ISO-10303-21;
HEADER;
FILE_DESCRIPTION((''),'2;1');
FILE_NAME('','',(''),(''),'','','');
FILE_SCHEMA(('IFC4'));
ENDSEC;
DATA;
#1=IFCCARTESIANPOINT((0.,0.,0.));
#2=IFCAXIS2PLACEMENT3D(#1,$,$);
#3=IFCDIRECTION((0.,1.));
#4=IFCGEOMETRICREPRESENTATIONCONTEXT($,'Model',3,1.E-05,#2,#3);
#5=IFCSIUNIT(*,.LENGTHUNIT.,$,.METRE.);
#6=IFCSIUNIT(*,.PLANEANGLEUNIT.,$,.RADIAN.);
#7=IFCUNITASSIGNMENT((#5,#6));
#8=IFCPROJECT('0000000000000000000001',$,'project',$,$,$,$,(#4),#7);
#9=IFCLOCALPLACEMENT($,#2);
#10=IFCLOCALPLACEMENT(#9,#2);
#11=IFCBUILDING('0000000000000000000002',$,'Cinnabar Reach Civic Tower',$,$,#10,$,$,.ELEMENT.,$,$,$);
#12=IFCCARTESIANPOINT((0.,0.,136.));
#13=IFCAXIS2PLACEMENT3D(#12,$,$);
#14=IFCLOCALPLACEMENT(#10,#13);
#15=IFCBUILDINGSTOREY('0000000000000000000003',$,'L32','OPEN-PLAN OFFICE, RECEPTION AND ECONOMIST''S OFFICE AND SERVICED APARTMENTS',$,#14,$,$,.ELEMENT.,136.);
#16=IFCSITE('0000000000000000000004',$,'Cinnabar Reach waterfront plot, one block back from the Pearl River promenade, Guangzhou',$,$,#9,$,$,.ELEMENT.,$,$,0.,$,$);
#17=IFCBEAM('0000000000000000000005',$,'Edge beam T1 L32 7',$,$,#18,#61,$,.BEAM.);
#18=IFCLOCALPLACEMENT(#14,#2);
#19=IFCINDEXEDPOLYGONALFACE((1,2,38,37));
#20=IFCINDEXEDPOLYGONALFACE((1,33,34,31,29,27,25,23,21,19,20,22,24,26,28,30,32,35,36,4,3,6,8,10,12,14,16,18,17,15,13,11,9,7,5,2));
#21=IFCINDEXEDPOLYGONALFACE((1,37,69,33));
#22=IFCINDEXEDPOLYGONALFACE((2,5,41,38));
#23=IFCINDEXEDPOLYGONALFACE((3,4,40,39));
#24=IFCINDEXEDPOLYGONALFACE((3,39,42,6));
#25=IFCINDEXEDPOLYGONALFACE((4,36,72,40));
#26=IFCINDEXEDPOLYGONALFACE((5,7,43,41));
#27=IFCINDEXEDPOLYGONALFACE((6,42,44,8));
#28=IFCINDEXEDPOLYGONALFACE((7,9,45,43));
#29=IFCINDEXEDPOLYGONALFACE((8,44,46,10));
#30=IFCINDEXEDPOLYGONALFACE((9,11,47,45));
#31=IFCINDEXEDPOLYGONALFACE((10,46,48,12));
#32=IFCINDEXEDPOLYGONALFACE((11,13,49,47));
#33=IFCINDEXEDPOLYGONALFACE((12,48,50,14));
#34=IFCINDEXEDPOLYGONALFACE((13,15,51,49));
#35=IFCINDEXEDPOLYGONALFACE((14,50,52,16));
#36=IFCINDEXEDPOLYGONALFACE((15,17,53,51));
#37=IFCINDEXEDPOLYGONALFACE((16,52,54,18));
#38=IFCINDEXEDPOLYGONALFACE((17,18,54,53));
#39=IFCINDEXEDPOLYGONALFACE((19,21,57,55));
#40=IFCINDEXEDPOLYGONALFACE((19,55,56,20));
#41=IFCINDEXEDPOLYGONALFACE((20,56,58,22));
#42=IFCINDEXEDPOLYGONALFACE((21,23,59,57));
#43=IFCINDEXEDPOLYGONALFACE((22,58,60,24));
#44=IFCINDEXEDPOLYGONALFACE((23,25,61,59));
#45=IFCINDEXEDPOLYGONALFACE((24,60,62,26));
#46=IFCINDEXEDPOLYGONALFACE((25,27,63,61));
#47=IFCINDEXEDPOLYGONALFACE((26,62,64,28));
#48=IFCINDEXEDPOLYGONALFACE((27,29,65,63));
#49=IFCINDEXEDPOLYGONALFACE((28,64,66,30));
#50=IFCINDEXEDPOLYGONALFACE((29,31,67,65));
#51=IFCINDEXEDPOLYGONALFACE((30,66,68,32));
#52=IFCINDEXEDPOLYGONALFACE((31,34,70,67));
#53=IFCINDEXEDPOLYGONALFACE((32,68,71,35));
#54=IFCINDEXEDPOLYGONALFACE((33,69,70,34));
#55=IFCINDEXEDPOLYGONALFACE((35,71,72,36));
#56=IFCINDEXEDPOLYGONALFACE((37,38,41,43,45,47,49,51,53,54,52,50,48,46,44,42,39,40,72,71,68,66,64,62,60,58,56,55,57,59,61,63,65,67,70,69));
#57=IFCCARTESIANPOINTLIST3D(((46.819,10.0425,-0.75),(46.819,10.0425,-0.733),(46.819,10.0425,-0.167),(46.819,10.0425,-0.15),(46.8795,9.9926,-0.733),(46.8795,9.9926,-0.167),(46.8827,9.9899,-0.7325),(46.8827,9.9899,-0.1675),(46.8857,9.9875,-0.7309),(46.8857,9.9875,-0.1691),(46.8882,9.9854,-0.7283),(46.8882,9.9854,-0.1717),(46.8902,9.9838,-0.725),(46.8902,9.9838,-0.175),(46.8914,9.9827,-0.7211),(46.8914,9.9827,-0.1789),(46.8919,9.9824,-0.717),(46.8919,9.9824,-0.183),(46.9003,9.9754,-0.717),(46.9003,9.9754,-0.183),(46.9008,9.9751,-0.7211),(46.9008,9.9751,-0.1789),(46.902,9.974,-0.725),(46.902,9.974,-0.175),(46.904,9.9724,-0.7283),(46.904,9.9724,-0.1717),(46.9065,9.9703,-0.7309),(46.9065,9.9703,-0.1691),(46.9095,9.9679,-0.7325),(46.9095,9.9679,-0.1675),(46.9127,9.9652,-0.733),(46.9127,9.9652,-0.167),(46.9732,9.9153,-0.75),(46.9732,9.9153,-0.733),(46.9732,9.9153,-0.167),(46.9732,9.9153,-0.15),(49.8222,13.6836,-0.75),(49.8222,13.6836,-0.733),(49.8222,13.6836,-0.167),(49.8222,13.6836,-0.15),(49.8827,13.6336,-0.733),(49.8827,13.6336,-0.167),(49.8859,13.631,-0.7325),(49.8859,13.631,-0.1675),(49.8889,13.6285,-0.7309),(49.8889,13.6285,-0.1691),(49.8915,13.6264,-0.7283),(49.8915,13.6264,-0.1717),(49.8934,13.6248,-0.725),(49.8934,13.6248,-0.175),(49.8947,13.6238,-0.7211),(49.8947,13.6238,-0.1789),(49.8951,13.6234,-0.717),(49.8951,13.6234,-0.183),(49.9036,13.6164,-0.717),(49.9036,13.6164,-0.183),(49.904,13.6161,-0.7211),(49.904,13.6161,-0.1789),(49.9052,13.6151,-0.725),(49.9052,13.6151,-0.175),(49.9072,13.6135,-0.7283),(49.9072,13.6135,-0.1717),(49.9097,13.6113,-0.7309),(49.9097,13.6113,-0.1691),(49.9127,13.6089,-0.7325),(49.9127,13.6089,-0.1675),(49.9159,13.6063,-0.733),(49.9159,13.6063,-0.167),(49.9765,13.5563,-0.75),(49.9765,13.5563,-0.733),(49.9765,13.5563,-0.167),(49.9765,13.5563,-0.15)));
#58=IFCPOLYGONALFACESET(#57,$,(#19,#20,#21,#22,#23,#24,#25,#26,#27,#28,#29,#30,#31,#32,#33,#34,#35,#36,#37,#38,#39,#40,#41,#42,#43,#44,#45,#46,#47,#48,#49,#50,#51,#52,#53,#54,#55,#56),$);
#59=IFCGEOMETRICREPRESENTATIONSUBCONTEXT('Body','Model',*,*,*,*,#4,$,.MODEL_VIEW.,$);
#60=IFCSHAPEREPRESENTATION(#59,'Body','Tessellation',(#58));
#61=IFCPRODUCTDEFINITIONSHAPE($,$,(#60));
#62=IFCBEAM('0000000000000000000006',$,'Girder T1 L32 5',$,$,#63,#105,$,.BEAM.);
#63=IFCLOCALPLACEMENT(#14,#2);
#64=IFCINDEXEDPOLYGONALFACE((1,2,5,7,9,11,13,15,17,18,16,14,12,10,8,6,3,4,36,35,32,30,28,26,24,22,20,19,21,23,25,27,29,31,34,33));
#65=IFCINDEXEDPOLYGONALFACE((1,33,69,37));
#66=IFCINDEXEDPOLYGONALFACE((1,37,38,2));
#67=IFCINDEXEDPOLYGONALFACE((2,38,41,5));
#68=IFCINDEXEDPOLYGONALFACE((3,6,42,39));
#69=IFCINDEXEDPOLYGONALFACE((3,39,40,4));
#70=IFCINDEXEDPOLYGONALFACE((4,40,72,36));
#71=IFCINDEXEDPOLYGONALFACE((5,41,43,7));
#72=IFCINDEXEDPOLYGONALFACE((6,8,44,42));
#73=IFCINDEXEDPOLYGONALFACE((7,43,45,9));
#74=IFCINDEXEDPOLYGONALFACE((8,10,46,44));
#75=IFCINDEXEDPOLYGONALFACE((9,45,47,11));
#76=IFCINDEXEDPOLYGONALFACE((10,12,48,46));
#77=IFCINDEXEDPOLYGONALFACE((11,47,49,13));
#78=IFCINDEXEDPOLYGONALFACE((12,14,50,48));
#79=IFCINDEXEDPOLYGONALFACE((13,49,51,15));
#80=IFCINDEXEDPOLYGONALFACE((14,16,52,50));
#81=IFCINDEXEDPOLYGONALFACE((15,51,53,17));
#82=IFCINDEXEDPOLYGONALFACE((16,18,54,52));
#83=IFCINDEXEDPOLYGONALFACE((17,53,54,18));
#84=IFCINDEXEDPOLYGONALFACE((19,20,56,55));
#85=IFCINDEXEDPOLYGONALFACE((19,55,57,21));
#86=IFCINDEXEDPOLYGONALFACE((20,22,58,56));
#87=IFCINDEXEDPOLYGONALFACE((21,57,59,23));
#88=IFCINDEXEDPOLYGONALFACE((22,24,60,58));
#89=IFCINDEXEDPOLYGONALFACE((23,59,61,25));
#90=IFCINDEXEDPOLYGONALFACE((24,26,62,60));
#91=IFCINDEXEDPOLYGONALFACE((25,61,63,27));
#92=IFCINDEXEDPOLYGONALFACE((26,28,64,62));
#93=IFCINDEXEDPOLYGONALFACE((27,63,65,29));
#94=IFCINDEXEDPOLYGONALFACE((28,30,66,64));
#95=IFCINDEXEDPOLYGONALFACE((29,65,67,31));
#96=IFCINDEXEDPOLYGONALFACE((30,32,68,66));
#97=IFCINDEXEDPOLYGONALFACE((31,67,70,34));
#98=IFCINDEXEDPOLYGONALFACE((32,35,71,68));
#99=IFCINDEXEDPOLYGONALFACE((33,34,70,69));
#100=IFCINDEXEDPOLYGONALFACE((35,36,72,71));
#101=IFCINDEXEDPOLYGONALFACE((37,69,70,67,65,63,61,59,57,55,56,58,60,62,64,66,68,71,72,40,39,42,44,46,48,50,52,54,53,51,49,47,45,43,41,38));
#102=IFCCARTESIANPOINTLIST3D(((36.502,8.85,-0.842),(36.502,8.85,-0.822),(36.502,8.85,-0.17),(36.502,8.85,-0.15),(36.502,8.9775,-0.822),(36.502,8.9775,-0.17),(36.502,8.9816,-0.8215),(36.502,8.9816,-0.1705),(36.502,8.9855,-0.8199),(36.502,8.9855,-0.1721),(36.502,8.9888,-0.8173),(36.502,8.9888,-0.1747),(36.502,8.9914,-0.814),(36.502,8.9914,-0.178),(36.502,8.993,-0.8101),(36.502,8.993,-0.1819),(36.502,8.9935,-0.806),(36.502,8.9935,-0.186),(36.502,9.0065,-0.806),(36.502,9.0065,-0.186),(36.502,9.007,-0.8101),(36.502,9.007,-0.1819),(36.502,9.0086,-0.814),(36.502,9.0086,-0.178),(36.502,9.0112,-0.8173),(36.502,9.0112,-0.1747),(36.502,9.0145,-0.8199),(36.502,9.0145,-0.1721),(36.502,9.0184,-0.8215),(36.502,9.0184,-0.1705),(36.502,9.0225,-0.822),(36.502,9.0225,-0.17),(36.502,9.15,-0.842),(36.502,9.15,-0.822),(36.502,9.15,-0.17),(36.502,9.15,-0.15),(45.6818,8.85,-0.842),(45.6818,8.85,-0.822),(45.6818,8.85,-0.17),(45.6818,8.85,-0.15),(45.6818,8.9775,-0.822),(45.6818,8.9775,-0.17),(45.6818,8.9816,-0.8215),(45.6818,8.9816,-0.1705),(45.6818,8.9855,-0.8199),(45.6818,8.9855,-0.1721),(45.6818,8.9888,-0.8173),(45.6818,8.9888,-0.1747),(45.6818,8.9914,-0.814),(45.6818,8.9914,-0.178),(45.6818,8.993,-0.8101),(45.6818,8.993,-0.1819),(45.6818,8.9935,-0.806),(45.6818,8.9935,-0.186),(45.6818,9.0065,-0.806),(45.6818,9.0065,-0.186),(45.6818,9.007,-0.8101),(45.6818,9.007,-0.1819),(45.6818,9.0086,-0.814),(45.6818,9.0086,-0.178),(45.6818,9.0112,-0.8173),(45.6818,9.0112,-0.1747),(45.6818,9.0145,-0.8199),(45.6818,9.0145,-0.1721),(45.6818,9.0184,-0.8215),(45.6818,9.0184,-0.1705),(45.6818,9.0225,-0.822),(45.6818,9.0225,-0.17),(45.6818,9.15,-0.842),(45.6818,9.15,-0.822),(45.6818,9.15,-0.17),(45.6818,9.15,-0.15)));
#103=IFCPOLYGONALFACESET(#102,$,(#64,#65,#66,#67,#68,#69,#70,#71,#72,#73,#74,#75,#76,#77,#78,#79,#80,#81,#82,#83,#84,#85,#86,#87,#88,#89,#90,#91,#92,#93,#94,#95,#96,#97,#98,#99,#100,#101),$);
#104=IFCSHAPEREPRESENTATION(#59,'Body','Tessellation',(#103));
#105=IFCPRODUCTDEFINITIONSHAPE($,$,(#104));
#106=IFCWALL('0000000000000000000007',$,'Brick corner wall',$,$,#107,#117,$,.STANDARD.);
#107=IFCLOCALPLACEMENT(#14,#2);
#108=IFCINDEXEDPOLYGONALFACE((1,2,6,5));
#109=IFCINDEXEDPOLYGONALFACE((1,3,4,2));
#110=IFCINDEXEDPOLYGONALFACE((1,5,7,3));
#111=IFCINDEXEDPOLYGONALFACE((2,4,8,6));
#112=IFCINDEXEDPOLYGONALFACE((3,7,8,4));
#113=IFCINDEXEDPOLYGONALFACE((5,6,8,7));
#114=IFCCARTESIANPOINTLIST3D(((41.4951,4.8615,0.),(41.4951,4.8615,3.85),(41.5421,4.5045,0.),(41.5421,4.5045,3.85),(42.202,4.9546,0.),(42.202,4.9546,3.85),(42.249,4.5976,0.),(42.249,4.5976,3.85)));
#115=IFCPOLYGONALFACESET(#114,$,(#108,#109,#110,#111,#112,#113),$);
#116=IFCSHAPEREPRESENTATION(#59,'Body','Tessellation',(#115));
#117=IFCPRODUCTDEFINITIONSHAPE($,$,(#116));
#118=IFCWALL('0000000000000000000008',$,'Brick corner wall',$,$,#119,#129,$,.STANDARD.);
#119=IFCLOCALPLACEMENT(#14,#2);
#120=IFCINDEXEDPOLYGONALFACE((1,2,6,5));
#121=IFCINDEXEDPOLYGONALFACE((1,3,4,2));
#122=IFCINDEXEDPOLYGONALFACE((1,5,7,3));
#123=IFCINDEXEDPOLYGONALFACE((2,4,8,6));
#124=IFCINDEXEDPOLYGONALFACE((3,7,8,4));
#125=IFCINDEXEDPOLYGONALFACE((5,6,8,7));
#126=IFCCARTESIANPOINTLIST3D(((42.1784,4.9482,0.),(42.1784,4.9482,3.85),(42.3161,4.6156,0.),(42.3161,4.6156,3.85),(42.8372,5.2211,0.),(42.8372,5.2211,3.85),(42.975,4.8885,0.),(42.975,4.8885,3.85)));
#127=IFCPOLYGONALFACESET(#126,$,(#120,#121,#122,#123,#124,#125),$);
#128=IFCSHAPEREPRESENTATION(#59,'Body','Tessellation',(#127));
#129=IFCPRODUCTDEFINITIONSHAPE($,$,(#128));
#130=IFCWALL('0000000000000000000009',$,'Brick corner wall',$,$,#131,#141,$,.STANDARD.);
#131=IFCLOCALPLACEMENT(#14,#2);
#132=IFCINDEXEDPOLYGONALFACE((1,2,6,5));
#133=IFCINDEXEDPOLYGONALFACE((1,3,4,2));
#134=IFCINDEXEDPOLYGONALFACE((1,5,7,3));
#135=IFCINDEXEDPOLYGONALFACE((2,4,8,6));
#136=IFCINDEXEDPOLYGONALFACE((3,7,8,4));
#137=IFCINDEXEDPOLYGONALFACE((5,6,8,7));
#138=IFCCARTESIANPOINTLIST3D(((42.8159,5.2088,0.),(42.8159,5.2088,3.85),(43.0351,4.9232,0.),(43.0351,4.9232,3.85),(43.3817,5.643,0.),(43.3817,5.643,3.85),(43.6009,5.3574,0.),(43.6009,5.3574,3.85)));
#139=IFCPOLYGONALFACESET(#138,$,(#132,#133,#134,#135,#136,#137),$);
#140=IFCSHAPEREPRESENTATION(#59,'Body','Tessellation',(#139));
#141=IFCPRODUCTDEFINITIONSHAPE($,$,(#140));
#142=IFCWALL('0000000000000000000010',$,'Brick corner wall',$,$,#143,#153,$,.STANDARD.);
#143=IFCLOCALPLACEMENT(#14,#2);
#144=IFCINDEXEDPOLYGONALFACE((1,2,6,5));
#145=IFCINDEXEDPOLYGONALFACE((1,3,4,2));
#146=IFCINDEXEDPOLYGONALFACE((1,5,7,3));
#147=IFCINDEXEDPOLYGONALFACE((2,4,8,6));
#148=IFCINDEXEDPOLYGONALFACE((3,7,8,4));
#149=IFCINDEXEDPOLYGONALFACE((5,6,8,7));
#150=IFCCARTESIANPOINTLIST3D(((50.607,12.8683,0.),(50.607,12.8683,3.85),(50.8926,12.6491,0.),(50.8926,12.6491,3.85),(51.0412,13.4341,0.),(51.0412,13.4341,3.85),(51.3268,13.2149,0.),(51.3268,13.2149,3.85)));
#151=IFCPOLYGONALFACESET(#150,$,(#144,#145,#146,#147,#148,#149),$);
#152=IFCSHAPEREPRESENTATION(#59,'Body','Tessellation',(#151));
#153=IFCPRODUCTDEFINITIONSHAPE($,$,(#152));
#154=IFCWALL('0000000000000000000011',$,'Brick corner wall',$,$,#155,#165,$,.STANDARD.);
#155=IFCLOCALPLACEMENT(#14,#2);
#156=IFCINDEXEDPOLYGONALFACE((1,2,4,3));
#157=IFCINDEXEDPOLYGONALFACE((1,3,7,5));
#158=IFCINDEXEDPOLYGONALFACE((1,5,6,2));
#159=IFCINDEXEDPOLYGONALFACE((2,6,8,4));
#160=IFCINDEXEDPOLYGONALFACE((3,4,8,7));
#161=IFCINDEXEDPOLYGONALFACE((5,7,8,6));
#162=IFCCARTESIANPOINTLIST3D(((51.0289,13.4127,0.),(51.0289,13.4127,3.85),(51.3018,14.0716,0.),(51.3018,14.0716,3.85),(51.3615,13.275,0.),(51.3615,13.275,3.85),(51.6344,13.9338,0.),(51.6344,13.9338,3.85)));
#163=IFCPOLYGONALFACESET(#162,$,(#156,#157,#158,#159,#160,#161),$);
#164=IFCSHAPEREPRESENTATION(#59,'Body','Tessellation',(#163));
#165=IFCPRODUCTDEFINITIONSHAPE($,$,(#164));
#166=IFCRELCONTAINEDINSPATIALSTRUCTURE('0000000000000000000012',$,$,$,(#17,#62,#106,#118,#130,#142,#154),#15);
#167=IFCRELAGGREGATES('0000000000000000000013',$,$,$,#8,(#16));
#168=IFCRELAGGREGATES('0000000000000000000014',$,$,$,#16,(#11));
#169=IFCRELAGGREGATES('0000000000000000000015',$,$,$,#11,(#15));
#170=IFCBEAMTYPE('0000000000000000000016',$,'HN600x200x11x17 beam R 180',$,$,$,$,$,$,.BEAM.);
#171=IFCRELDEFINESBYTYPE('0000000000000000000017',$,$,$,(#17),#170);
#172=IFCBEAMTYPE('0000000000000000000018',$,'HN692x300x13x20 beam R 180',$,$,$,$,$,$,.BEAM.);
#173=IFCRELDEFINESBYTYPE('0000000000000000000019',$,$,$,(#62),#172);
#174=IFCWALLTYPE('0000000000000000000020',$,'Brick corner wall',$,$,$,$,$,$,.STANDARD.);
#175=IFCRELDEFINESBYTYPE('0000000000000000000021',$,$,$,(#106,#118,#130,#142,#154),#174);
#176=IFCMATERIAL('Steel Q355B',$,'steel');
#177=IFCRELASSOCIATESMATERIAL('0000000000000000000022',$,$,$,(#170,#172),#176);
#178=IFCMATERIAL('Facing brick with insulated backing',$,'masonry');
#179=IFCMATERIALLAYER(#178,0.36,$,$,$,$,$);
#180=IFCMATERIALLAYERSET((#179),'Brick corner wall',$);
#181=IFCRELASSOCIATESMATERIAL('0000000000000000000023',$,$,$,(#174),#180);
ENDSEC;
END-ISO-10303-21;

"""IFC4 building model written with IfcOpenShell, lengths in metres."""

from ifc_helpers import new_model, si_unit, direction, frame, frame_2d, origin, origin_2d, place, context, subcontext, project, spatial, rectangle, i_section, extrude, material, layer, layer_set, material_profile, profile_set, type_object, element, save


model = new_model("IFC4")

# Units and contexts
model_context = context("Model", 3, precision=1e-05, world=origin(), true_north=direction((0.0, 1.0)))
body_context = subcontext(model_context, "Body", "Model", "MODEL_VIEW")
ifc_project = project(units=[si_unit("LENGTHUNIT", "METRE"), si_unit("PLANEANGLEUNIT", "RADIAN")], contexts=[model_context])

# Site, building, storey
site_placement = place(None, origin())
site = spatial("IfcSite", under=ifc_project, at=site_placement, Name="Cinnabar Reach waterfront plot, one block back from the Pearl River promenade, Guangzhou", CompositionType="ELEMENT", RefElevation=0.0)
building_placement = place(site_placement, origin())
building = spatial("IfcBuilding", under=site, at=building_placement, Name="Cinnabar Reach Civic Tower", CompositionType="ELEMENT")
storey_placement = place(building_placement, frame((0.0, 0.0, 136.0)))
storey = spatial("IfcBuildingStorey", under=building, at=storey_placement, Name="L32", Description="OPEN-PLAN OFFICE, RECEPTION AND ECONOMIST'S OFFICE AND SERVICED APARTMENTS", CompositionType="ELEMENT", Elevation=136.0)

# Beams
ifc_material_1 = material(Name="Steel Q355B", Category="steel")
ifc_material_profile_1 = material_profile(ifc_material_1, i_section(OverallWidth=0.2, OverallDepth=0.6, WebThickness=0.011, FlangeThickness=0.017, FilletRadius=0.016, at=origin_2d()), Name="HN600x200x11x17")
ifc_profile_set_1 = profile_set([ifc_material_profile_1], Name="Steel Q355B")
beam_type_1 = type_object("IfcBeamType", Name="HN600x200x11x17 beam R 180", PredefinedType="BEAM", material=ifc_profile_set_1)
for number, where, z_axis, x_axis, name in (
    (1, (46.8961, 9.9789, -0.45), (0.636304, 0.771438, 0.0), (-0.771438, 0.636304, 0.0), "Edge beam T1 L32 7"),
):
    element("IfcBeam", number, at=place(storey_placement, frame(where, z_axis=z_axis, x_axis=x_axis)), inside=storey, type_object=beam_type_1, Name=name, PredefinedType="BEAM", context=body_context, shape_type="SweptSolid", body=[
        extrude(i_section(OverallWidth=0.2, OverallDepth=0.6, WebThickness=0.011, FlangeThickness=0.017, FilletRadius=0.016, at=origin_2d()), origin(), (0.0, 0.0, 1.0), 4.7198),
    ])
ifc_material_profile_2 = material_profile(ifc_material_1, i_section(OverallWidth=0.3, OverallDepth=0.692, WebThickness=0.013, FlangeThickness=0.02, FilletRadius=0.016, at=origin_2d()), Name="HN692x300x13x20")
ifc_profile_set_2 = profile_set([ifc_material_profile_2], Name="Steel Q355B")
beam_type_2 = type_object("IfcBeamType", Name="HN692x300x13x20 beam R 180", PredefinedType="BEAM", material=ifc_profile_set_2)
beam_1_placement = place(storey_placement, frame((36.502, 9.0, -0.496), z_axis=(1.0, 0.0, 0.0), x_axis=(0.0, 1.0, 0.0)))
element("IfcBeam", 2, at=beam_1_placement, inside=storey, type_object=beam_type_2, Name="Girder T1 L32 5", PredefinedType="BEAM", context=body_context, shape_type="SweptSolid", body=[
    extrude(i_section(OverallWidth=0.3, OverallDepth=0.692, WebThickness=0.013, FlangeThickness=0.02, FilletRadius=0.016, at=origin_2d()), origin(), (0.0, 0.0, 1.0), 9.1798),
])

# Walls
ifc_material_2 = material(Name="Facing brick with insulated backing", Category="masonry")
ifc_layer_1 = layer(ifc_material_2, 0.36)
ifc_layer_set_1 = layer_set([ifc_layer_1], Name="Brick corner wall")
wall_type_1 = type_object("IfcWallType", Name="Brick corner wall", PredefinedType="STANDARD", material=ifc_layer_set_1)
for number, where, z_axis, x_axis, name in (
    (3, (41.5186, 4.683, 0.0), (0.0, 0.0, 1.0), (0.991441, 0.130556, 0.0), "Brick corner wall"),
    (4, (42.2473, 4.7819, 0.0), (0.0, 0.0, 1.0), (0.923872, 0.382703, 0.0), "Brick corner wall"),
):
    element("IfcWall", number, at=place(storey_placement, frame(where, z_axis=z_axis, x_axis=x_axis)), inside=storey, type_object=wall_type_1, Name=name, PredefinedType="STANDARD", context=body_context, shape_type="SweptSolid", body=[
        extrude(rectangle(XDim=0.7131, YDim=0.36, at=frame_2d((0.3565, 0.0))), origin(), (0.0, 0.0, 1.0), 3.85),
    ])
for number, where, z_axis, x_axis, name in (
    (5, (42.9255, 5.066, 0.0), (0.0, 0.0, 1.0), (0.793322, 0.608802, 0.0), "Brick corner wall"),
    (6, (50.7498, 12.7587, 0.0), (0.0, 0.0, 1.0), (0.608802, 0.793322, 0.0), "Brick corner wall"),
):
    element("IfcWall", number, at=place(storey_placement, frame(where, z_axis=z_axis, x_axis=x_axis)), inside=storey, type_object=wall_type_1, Name=name, PredefinedType="STANDARD", context=body_context, shape_type="SweptSolid", body=[
        extrude(rectangle(XDim=0.7132, YDim=0.36, at=frame_2d((0.3566, 0.0))), origin(), (0.0, 0.0, 1.0), 3.85),
    ])
wall_1_placement = place(storey_placement, frame((51.1952, 13.3439, 0.0), z_axis=(0.0, 0.0, 1.0), x_axis=(0.382703, 0.923872, 0.0)))
element("IfcWall", 7, at=wall_1_placement, inside=storey, type_object=wall_type_1, Name="Brick corner wall", PredefinedType="STANDARD", context=body_context, shape_type="SweptSolid", body=[
    extrude(rectangle(XDim=0.7131, YDim=0.36, at=frame_2d((0.3565, 0.0))), origin(), (0.0, 0.0, 1.0), 3.85),
])

save(model, "model.ifc")
